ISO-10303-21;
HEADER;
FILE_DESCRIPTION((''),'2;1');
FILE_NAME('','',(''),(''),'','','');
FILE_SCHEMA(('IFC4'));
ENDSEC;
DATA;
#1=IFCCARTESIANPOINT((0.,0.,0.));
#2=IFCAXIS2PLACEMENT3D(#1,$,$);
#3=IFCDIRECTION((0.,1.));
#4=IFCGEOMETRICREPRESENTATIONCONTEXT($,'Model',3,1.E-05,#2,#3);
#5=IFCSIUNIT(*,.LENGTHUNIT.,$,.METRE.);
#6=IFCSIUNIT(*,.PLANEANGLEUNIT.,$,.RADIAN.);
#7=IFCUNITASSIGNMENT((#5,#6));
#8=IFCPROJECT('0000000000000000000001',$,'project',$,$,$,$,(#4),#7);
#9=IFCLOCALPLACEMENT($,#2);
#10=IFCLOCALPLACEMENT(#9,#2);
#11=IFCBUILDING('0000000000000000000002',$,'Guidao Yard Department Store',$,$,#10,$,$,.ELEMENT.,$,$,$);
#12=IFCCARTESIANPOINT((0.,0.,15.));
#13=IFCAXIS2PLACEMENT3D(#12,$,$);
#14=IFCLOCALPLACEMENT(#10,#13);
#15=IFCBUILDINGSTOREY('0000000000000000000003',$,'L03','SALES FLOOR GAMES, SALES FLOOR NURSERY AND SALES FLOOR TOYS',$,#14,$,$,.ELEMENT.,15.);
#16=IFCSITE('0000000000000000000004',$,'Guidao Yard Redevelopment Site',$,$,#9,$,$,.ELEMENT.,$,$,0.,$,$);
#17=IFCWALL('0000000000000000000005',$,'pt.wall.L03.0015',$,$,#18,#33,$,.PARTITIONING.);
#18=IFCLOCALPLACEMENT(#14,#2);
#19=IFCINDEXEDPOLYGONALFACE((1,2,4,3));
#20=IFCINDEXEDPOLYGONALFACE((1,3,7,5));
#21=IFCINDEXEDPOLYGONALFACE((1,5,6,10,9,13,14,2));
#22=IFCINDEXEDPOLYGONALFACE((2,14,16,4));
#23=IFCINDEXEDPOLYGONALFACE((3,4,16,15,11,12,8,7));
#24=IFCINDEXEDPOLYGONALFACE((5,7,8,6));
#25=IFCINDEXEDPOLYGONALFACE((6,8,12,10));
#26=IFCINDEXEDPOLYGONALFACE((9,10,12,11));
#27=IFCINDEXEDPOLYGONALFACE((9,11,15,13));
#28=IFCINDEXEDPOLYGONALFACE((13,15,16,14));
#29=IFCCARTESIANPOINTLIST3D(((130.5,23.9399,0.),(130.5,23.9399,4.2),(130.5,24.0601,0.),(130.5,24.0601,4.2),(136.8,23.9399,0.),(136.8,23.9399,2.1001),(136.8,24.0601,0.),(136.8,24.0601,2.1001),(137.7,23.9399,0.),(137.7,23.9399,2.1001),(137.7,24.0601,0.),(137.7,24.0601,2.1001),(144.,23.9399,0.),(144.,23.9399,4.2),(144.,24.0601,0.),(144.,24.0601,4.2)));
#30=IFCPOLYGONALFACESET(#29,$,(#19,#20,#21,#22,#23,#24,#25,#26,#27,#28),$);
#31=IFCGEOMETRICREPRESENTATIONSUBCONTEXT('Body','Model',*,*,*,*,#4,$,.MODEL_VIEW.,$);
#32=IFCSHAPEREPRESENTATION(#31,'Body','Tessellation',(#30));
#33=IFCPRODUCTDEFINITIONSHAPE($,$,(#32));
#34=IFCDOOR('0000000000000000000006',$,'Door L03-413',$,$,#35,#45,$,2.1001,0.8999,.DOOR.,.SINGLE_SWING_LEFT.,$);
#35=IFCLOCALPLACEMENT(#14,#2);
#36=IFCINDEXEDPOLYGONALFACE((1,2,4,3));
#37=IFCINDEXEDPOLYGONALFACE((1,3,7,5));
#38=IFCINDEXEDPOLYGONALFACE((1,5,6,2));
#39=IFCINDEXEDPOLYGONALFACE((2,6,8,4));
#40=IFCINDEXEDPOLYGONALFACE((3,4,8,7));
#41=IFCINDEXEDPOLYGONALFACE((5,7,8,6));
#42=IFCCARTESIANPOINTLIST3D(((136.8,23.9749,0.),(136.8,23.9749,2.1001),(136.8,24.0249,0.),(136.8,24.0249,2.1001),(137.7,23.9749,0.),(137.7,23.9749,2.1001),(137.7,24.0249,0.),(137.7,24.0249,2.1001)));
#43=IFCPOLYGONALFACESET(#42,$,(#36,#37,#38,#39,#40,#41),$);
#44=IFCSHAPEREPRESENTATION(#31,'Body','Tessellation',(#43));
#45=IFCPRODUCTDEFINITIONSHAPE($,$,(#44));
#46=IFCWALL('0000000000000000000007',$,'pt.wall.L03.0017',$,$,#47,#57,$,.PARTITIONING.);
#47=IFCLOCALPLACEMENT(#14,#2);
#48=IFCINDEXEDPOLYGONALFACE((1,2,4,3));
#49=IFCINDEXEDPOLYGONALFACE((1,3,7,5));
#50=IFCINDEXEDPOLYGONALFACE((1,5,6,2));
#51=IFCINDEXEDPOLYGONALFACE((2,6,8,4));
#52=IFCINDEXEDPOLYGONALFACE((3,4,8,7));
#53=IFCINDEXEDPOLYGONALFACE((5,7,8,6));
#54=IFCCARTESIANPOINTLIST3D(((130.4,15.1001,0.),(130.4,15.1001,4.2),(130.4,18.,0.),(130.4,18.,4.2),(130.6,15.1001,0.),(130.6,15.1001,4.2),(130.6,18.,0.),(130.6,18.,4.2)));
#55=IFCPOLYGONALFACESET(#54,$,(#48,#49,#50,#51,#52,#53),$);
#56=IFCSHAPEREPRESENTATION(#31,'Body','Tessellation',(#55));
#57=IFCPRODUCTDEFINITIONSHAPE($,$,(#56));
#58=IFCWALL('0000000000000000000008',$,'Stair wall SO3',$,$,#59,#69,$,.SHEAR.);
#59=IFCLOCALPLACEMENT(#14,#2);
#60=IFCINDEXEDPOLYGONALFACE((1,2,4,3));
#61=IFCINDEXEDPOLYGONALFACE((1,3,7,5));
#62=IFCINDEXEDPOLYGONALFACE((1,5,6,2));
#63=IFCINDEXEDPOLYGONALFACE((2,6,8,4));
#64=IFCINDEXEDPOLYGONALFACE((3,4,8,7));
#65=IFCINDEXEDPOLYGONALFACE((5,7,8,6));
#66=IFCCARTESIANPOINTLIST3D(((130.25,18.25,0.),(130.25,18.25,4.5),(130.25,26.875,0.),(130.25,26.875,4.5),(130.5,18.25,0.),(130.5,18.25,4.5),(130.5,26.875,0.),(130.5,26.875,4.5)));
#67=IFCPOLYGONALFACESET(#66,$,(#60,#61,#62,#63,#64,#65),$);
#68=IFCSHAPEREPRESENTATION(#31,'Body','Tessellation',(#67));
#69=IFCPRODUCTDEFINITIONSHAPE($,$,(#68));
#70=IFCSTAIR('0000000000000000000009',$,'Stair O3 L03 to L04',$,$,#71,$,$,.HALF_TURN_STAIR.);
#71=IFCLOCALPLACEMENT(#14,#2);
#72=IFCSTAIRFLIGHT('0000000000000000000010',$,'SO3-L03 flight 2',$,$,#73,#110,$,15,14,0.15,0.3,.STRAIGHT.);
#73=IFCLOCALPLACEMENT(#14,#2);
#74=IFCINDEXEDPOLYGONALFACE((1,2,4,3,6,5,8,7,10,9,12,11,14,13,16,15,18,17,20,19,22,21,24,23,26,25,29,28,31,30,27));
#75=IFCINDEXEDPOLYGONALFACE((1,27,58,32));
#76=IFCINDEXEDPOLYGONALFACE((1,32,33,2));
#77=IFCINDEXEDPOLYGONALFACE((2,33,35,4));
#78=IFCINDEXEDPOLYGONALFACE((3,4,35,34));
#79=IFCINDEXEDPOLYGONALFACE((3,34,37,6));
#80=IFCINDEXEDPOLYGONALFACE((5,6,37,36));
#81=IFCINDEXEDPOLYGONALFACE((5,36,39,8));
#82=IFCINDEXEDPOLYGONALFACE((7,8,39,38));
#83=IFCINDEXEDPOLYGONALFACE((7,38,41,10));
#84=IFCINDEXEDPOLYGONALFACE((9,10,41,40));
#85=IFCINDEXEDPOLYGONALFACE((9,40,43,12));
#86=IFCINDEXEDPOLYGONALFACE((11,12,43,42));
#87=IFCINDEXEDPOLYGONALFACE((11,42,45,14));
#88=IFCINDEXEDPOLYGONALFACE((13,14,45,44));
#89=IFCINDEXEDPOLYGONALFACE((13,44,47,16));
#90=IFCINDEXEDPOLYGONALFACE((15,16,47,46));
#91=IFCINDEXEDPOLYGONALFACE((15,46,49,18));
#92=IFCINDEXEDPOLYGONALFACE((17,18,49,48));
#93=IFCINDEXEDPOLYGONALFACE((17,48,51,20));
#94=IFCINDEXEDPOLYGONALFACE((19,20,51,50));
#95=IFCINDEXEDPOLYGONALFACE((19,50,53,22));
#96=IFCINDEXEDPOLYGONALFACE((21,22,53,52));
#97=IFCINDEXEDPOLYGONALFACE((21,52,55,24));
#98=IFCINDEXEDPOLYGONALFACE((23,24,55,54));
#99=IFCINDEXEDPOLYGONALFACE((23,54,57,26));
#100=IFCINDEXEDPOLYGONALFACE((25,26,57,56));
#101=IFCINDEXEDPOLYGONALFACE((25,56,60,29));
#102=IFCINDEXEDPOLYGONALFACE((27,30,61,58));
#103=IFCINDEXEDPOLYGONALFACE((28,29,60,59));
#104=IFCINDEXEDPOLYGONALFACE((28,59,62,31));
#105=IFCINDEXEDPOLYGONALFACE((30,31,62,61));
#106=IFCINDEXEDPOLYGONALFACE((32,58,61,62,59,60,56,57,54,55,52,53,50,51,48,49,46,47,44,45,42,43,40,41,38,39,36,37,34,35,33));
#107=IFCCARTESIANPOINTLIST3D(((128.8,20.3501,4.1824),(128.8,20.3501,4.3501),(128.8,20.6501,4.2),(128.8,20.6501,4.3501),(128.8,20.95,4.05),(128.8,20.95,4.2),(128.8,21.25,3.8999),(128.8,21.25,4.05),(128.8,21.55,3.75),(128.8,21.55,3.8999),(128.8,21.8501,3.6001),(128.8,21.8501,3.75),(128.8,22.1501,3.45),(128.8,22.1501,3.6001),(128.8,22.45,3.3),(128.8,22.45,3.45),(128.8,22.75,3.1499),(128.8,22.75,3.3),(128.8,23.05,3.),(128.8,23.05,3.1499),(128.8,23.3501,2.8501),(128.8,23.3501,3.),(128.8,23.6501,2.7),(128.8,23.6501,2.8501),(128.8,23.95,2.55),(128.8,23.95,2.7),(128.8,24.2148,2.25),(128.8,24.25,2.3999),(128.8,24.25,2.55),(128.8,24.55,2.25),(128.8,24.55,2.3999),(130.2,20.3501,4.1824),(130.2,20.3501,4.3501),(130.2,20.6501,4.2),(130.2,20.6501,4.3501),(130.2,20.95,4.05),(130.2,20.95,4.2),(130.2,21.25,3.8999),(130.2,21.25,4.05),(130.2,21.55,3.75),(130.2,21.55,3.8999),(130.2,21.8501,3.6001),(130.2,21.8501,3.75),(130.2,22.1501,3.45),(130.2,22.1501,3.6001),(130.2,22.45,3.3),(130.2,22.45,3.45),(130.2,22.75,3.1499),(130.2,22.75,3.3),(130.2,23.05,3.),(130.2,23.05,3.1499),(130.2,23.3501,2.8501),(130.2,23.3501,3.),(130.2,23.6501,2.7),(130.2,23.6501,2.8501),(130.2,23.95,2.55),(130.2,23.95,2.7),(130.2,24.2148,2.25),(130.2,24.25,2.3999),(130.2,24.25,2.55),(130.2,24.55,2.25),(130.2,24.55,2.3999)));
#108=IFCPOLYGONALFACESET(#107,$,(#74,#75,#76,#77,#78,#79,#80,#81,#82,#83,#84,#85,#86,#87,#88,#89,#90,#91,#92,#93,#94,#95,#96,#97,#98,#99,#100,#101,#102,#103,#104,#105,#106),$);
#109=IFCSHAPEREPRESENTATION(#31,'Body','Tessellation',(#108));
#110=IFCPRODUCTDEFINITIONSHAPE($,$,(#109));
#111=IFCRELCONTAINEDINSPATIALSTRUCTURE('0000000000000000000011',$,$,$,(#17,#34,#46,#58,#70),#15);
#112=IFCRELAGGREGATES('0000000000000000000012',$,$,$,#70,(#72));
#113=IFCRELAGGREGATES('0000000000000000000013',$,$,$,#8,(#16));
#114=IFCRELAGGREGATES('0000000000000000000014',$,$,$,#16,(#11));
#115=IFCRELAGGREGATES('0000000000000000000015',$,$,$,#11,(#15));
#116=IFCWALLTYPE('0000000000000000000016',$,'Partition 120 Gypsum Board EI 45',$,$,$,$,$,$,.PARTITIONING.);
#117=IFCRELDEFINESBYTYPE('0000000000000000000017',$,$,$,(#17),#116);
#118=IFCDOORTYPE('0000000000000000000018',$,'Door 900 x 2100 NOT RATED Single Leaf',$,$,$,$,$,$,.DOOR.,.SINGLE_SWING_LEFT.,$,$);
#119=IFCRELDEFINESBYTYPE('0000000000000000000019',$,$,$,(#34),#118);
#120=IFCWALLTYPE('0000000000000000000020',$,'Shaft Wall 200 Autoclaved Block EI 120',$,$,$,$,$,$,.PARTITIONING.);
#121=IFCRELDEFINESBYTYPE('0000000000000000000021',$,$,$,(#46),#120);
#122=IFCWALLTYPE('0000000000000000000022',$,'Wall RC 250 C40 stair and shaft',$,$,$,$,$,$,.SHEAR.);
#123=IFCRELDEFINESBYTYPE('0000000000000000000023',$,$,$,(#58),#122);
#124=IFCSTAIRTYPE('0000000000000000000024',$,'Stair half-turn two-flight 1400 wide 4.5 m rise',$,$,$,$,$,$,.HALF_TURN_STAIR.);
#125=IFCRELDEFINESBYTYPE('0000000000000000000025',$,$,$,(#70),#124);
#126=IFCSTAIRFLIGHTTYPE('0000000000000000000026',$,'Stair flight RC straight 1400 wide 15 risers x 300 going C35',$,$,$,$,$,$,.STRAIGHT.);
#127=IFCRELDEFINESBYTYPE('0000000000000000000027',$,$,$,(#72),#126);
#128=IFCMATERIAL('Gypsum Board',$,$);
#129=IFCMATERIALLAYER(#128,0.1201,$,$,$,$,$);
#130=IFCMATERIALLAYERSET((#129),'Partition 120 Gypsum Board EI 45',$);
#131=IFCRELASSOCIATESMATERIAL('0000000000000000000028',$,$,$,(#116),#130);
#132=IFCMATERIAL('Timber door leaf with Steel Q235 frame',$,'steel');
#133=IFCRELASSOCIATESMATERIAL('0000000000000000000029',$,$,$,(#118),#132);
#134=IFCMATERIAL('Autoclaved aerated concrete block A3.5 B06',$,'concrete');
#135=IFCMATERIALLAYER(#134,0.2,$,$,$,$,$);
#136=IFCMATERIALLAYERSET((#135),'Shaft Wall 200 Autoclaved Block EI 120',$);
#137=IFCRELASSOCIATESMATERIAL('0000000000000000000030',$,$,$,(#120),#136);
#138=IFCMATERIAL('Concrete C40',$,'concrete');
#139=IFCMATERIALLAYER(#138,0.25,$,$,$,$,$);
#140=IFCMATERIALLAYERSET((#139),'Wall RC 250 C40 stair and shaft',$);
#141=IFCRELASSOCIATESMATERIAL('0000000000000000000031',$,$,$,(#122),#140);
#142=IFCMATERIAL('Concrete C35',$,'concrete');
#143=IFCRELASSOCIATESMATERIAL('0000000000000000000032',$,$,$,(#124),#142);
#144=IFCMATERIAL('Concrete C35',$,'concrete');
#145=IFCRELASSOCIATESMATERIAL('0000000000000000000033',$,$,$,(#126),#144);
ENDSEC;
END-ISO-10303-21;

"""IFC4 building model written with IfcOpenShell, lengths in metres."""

from ifc_helpers import new_model, si_unit, direction, frame, frame_2d, origin, place, context, subcontext, project, spatial, polyline, rectangle, outline, extrude, material, layer, layer_set, type_object, element, fill, aggregate, save


model = new_model("IFC4")

# Units and contexts
model_context = context("Model", 3, precision=1e-05, world=origin(), true_north=direction((0.0, 1.0)))
body_context = subcontext(model_context, "Body", "Model", "MODEL_VIEW")
ifc_project = project(units=[si_unit("LENGTHUNIT", "METRE"), si_unit("PLANEANGLEUNIT", "RADIAN")], contexts=[model_context])

# Site, building, storey
site_placement = place(None, origin())
site = spatial("IfcSite", under=ifc_project, at=site_placement, Name="Guidao Yard Redevelopment Site", CompositionType="ELEMENT", RefElevation=0.0)
building_placement = place(site_placement, origin())
building = spatial("IfcBuilding", under=site, at=building_placement, Name="Guidao Yard Department Store", CompositionType="ELEMENT")
storey_placement = place(building_placement, frame((0.0, 0.0, 15.0)))
storey = spatial("IfcBuildingStorey", under=building, at=storey_placement, Name="L03", Description="SALES FLOOR GAMES, SALES FLOOR NURSERY AND SALES FLOOR TOYS", CompositionType="ELEMENT", Elevation=15.0)

# Wall, opening, door
ifc_material_1 = material(Name="Gypsum Board")
ifc_layer_1 = layer(ifc_material_1, 0.1201)
ifc_layer_set_1 = layer_set([ifc_layer_1], Name="Partition 120 Gypsum Board EI 45")
wall_type_1 = type_object("IfcWallType", Name="Partition 120 Gypsum Board EI 45", PredefinedType="PARTITIONING", material=ifc_layer_set_1)
wall_1_placement = place(storey_placement, frame((130.5, 24.0, 0.0), z_axis=(0.0, 0.0, 1.0), x_axis=(1.0, 0.0, 0.0)))
wall_1 = element("IfcWall", 1, at=wall_1_placement, inside=storey, type_object=wall_type_1, Name="pt.wall.L03.0015", PredefinedType="PARTITIONING", context=body_context, shape_type="SweptSolid", body=[
    extrude(rectangle(XDim=13.5, YDim=0.1201, at=frame_2d((6.75, 0.0))), origin(), (0.0, 0.0, 1.0), 4.2),
])
opening_1_placement = place(wall_1_placement, frame((6.3, 0.0, 0.0)))
opening_1 = element("IfcOpeningElement", 2, at=opening_1_placement, cuts=wall_1, PredefinedType="OPENING", context=body_context, shape_type="SweptSolid", body=[
    extrude(rectangle(XDim=0.8999, YDim=2.1001, at=frame_2d((0.45, 1.05))), frame((0.0, 0.0701, 0.0), z_axis=(0.0, -1.0, 0.0), x_axis=(1.0, 0.0, 0.0)), (0.0, 0.0, 1.0), 0.1401),
])
ifc_material_2 = material(Name="Timber door leaf with Steel Q235 frame", Category="steel")
door_type_1 = type_object("IfcDoorType", Name="Door 900 x 2100 NOT RATED Single Leaf", OperationType="SINGLE_SWING_LEFT", PredefinedType="DOOR", material=ifc_material_2)
door_1_placement = place(opening_1_placement, origin())
door_1 = element("IfcDoor", 3, at=door_1_placement, inside=storey, type_object=door_type_1, Name="Door L03-413", OperationType="SINGLE_SWING_LEFT", OverallHeight=2.1001, OverallWidth=0.8999, PredefinedType="DOOR", context=body_context, shape_type="SweptSolid", body=[
    extrude(rectangle(XDim=0.8999, YDim=2.1001, at=frame_2d((0.45, 1.05))), frame((0.0, 0.0249, 0.0), z_axis=(0.0, -1.0, 0.0), x_axis=(1.0, 0.0, 0.0)), (0.0, 0.0, 1.0), 0.05),
])
fill(opening_1, door_1)

# Walls
ifc_material_3 = material(Name="Autoclaved aerated concrete block A3.5 B06", Category="concrete")
ifc_layer_2 = layer(ifc_material_3, 0.2)
ifc_layer_set_2 = layer_set([ifc_layer_2], Name="Shaft Wall 200 Autoclaved Block EI 120")
wall_type_2 = type_object("IfcWallType", Name="Shaft Wall 200 Autoclaved Block EI 120", PredefinedType="PARTITIONING", material=ifc_layer_set_2)
wall_2_placement = place(storey_placement, frame((130.5, 15.1001, 0.0), z_axis=(0.0, 0.0, 1.0), x_axis=(0.0, 1.0, 0.0)))
element("IfcWall", 4, at=wall_2_placement, inside=storey, type_object=wall_type_2, Name="pt.wall.L03.0017", PredefinedType="PARTITIONING", context=body_context, shape_type="SweptSolid", body=[
    extrude(rectangle(XDim=2.8999, YDim=0.2, at=frame_2d((1.45, 0.0))), origin(), (0.0, 0.0, 1.0), 4.2),
])
ifc_material_4 = material(Name="Concrete C40", Category="concrete")
ifc_layer_3 = layer(ifc_material_4, 0.25)
ifc_layer_set_3 = layer_set([ifc_layer_3], Name="Wall RC 250 C40 stair and shaft")
wall_type_3 = type_object("IfcWallType", Name="Wall RC 250 C40 stair and shaft", PredefinedType="SHEAR", material=ifc_layer_set_3)
wall_3_placement = place(storey_placement, frame((130.375, 18.25, 0.0), z_axis=(0.0, 0.0, 1.0), x_axis=(0.0, 1.0, 0.0)))
element("IfcWall", 5, at=wall_3_placement, inside=storey, type_object=wall_type_3, Name="Stair wall SO3", PredefinedType="SHEAR", context=body_context, shape_type="SweptSolid", body=[
    extrude(rectangle(XDim=8.625, YDim=0.25, at=frame_2d((4.3125, 0.0))), origin(), (0.0, 0.0, 1.0), 4.5),
])

# Stair, stair flight
ifc_material_5 = material(Name="Concrete C35", Category="concrete")
stair_type = type_object("IfcStairType", Name="Stair half-turn two-flight 1400 wide 4.5 m rise", PredefinedType="HALF_TURN_STAIR", material=ifc_material_5)
stair_placement = place(storey_placement, origin())
stair = element("IfcStair", 6, at=stair_placement, inside=storey, type_object=stair_type, Name="Stair O3 L03 to L04", PredefinedType="HALF_TURN_STAIR")
ifc_material_6 = material(Name="Concrete C35", Category="concrete")
stair_flight_type = type_object("IfcStairFlightType", Name="Stair flight RC straight 1400 wide 15 risers x 300 going C35", PredefinedType="STRAIGHT", material=ifc_material_6)
stair_flight_placement = place(storey_placement, frame((129.5, 24.55, 2.25), z_axis=(0.0, 0.0, 1.0), x_axis=(0.0, -1.0, 0.0)))
stair_flight = element("IfcStairFlight", 7, at=stair_flight_placement, type_object=stair_flight_type, Name="SO3-L03 flight 2", NumberOfRisers=15, NumberOfTreads=14, PredefinedType="STRAIGHT", RiserHeight=0.15, TreadLength=0.3, context=body_context, shape_type="SweptSolid", body=[
    extrude(outline(polyline([(0.0, 0.0), (0.0, 0.1499), (0.3, 0.1499), (0.3, 0.3), (0.6001, 0.3), (0.6001, 0.45), (0.8999, 0.45), (0.8999, 0.6001), (1.2, 0.6001), (1.2, 0.75), (1.5, 0.75), (1.5, 0.8999), (1.8, 0.8999), (1.8, 1.05), (2.1001, 1.05), (2.1001, 1.2), (2.3999, 1.2), (2.3999, 1.3501), (2.7, 1.3501), (2.7, 1.5), (3.0, 1.5), (3.0, 1.6499), (3.3, 1.6499), (3.3, 1.8), (3.6001, 1.8), (3.6001, 1.95), (3.8999, 1.95), (3.8999, 2.1001), (4.2, 2.1001), (4.2, 2.25), (4.2, 1.9324), (0.3352, 0.0), (0.0, 0.0)])), frame((0.0, 0.7, 0.0), z_axis=(0.0, -1.0, 0.0), x_axis=(1.0, 0.0, 0.0)), (0.0, 0.0, 1.0), 1.3999),
])
aggregate(stair, [stair_flight])

save(model, "model.ifc")
